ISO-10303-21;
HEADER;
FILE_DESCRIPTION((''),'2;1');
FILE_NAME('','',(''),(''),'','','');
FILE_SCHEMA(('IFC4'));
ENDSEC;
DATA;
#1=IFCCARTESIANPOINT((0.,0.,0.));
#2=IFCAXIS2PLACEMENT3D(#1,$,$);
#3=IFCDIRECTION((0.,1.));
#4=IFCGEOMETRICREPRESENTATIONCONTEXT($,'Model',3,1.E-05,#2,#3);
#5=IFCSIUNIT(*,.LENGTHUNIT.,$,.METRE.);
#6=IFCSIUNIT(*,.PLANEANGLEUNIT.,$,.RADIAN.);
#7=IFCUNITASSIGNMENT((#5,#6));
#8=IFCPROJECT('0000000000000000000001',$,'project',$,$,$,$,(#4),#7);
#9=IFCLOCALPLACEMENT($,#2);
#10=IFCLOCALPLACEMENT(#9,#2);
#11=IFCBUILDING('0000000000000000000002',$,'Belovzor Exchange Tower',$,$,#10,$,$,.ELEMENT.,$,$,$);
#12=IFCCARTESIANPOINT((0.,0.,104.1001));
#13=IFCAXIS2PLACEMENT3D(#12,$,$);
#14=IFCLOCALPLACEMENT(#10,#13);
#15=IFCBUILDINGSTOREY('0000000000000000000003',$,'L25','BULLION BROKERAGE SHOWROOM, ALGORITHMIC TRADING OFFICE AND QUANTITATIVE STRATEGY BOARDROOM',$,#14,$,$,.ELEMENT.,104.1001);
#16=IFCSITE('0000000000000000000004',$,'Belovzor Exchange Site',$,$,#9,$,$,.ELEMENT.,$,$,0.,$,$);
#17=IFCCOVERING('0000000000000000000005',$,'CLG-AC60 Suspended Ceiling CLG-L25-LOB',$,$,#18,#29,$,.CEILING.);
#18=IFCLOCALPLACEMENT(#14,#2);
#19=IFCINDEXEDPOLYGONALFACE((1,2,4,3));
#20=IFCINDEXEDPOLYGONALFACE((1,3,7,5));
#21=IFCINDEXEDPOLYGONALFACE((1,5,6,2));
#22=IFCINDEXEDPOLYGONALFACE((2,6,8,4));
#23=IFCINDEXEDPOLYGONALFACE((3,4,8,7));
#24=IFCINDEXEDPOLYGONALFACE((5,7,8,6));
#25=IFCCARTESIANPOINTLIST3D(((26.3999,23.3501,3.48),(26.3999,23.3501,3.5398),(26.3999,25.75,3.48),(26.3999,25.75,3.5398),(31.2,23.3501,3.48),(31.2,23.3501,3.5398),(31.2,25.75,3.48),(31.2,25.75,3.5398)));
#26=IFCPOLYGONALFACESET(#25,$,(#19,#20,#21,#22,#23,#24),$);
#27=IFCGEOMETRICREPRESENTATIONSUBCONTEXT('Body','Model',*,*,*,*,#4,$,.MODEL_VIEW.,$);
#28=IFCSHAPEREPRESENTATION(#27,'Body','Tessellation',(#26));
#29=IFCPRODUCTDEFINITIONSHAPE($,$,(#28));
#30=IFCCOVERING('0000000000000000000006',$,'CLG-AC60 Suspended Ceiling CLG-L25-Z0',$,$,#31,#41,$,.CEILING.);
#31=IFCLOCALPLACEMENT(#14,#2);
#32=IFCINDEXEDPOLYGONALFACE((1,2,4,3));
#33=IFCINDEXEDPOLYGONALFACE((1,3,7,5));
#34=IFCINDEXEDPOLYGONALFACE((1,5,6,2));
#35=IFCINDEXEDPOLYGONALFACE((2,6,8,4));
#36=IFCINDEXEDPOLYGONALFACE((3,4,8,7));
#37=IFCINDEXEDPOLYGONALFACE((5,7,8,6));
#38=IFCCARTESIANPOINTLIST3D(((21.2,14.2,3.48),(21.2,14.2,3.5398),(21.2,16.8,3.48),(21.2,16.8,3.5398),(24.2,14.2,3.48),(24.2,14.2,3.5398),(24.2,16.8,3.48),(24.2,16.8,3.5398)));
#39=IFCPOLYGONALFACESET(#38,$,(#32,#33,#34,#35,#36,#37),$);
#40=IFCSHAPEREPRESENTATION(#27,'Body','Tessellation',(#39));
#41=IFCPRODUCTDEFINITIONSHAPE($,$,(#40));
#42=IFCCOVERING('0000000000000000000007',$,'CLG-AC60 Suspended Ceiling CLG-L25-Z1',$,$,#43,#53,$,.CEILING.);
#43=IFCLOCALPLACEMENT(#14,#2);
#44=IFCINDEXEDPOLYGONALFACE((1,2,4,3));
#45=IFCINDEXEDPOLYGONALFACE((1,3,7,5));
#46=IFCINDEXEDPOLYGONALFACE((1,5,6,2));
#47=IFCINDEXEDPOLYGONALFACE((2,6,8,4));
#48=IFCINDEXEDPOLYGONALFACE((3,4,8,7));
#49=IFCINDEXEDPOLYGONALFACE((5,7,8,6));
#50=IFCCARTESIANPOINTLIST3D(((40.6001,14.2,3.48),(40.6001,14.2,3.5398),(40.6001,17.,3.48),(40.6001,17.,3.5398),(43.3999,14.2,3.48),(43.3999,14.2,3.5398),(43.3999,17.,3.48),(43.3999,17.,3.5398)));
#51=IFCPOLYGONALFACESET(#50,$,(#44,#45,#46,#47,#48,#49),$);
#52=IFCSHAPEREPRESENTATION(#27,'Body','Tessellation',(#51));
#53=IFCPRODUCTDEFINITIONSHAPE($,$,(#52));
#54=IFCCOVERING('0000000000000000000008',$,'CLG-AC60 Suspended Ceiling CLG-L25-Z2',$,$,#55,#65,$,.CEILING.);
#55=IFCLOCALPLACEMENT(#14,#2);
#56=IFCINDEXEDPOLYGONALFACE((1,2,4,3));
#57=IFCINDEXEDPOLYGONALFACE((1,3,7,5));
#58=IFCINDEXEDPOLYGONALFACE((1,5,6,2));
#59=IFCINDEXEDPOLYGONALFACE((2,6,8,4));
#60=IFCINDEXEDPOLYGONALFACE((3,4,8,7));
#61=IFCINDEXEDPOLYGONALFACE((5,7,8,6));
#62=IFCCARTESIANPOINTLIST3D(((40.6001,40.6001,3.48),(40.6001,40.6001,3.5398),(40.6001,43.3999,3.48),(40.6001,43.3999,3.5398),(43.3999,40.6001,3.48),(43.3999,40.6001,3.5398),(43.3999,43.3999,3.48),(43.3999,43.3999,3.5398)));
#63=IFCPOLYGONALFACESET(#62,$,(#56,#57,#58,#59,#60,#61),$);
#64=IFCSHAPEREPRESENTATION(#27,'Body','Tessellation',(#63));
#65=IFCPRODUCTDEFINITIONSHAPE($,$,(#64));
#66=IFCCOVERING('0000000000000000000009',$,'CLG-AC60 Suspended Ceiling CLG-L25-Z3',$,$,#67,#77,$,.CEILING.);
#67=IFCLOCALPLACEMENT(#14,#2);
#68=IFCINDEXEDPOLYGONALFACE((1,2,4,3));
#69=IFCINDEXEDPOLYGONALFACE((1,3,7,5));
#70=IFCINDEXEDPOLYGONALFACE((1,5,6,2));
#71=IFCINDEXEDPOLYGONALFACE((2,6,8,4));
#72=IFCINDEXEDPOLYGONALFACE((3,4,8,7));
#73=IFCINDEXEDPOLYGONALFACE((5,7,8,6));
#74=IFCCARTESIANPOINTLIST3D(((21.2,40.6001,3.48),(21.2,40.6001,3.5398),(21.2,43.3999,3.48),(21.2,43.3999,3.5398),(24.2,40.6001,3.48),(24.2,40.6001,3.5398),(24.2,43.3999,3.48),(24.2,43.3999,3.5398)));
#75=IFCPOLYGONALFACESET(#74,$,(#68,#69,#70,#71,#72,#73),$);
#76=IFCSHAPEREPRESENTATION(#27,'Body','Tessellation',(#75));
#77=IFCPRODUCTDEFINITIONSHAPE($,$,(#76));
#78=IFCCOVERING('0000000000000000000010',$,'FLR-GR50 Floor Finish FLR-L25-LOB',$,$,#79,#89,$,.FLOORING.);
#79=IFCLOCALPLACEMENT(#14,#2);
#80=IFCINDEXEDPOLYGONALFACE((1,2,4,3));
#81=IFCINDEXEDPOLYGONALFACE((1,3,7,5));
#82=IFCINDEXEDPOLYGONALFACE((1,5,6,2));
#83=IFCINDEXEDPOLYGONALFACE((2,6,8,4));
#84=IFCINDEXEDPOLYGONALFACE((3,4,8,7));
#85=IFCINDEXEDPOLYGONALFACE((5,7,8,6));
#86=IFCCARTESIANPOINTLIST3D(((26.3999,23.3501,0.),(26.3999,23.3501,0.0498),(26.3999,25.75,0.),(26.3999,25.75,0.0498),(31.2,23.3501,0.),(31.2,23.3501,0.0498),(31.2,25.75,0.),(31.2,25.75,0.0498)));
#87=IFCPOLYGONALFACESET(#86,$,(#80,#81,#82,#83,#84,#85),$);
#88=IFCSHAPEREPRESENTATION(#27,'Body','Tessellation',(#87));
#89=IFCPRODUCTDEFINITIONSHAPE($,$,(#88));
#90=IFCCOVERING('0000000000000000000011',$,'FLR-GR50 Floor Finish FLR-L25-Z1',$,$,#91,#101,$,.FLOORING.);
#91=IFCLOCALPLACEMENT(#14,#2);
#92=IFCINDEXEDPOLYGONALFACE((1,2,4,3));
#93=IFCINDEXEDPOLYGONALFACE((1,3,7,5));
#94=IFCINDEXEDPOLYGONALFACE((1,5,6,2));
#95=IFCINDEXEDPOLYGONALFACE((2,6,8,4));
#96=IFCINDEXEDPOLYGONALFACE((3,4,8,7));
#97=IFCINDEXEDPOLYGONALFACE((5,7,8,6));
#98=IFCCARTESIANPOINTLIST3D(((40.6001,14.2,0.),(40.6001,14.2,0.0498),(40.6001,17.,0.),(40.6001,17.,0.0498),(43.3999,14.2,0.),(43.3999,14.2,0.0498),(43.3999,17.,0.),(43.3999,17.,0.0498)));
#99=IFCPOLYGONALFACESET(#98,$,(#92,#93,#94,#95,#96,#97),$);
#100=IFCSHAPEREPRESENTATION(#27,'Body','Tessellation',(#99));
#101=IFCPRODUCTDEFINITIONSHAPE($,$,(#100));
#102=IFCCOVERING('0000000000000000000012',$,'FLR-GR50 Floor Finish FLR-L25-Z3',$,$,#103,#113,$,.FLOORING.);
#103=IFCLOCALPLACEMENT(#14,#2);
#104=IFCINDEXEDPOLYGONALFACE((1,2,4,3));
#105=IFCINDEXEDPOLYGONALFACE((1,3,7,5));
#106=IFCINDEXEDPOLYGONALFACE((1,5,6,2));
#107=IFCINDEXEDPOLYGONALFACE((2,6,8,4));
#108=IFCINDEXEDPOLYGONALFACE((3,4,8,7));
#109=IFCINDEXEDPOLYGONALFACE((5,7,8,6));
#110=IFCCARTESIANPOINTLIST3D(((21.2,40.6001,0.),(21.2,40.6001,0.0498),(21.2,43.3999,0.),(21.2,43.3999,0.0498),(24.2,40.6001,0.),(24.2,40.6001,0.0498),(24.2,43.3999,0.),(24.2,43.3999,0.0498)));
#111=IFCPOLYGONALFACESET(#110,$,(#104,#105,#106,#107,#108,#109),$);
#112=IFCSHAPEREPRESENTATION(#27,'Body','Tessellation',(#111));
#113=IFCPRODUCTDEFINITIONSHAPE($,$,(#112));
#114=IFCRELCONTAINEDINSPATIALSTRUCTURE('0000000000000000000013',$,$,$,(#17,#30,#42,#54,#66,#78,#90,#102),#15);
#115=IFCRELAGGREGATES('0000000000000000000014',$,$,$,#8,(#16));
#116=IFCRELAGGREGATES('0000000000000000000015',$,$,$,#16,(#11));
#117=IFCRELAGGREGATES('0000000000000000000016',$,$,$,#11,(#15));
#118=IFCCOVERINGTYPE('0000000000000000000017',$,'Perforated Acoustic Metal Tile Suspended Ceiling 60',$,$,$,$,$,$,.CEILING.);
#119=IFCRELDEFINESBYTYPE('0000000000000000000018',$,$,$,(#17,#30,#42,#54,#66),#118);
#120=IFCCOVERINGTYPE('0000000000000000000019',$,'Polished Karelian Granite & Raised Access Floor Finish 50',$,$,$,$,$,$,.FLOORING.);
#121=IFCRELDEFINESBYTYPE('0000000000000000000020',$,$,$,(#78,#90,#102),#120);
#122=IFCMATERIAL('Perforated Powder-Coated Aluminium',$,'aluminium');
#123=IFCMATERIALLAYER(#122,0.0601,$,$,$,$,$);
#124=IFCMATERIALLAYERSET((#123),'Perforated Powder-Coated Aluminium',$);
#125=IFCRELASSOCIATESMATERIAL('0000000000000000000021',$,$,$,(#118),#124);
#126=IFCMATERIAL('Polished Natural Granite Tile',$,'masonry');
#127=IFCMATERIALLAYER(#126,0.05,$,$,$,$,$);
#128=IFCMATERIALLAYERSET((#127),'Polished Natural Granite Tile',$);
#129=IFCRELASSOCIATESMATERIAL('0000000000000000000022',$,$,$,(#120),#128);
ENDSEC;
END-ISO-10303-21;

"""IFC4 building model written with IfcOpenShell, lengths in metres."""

from ifc_helpers import new_model, si_unit, direction, frame, origin, place, context, subcontext, project, spatial, polyline, outline, extrude, material, layer, layer_set, type_object, element, save


model = new_model("IFC4")

# Units and contexts
model_context = context("Model", 3, precision=1e-05, world=origin(), true_north=direction((0.0, 1.0)))
body_context = subcontext(model_context, "Body", "Model", "MODEL_VIEW")
ifc_project = project(units=[si_unit("LENGTHUNIT", "METRE"), si_unit("PLANEANGLEUNIT", "RADIAN")], contexts=[model_context])

# Site, building, storey
site_placement = place(None, origin())
site = spatial("IfcSite", under=ifc_project, at=site_placement, Name="Belovzor Exchange Site", CompositionType="ELEMENT", RefElevation=0.0)
building_placement = place(site_placement, origin())
building = spatial("IfcBuilding", under=site, at=building_placement, Name="Belovzor Exchange Tower", CompositionType="ELEMENT")
storey_placement = place(building_placement, frame((0.0, 0.0, 104.1001)))
storey = spatial("IfcBuildingStorey", under=building, at=storey_placement, Name="L25", Description="BULLION BROKERAGE SHOWROOM, ALGORITHMIC TRADING OFFICE AND QUANTITATIVE STRATEGY BOARDROOM", CompositionType="ELEMENT", Elevation=104.1001)

# Coverings
ifc_material_1 = material(Name="Perforated Powder-Coated Aluminium", Category="aluminium")
ifc_layer_1 = layer(ifc_material_1, 0.0601)
ifc_layer_set_1 = layer_set([ifc_layer_1], Name="Perforated Powder-Coated Aluminium")
covering_type_1 = type_object("IfcCoveringType", Name="Perforated Acoustic Metal Tile Suspended Ceiling 60", PredefinedType="CEILING", material=ifc_layer_set_1)
covering_1_placement = place(storey_placement, frame((0.0, 0.0, 3.48)))
element("IfcCovering", 1, at=covering_1_placement, inside=storey, type_object=covering_type_1, Name="CLG-AC60 Suspended Ceiling CLG-L25-LOB", PredefinedType="CEILING", context=body_context, shape_type="SweptSolid", body=[
    extrude(outline(polyline([(26.3999, 23.3501), (31.2, 23.3501), (31.2, 25.75), (26.3999, 25.75), (26.3999, 23.3501)])), origin(), (0.0, 0.0, 1.0), 0.0598),
])
covering_2_placement = place(storey_placement, frame((0.0, 0.0, 3.48)))
element("IfcCovering", 2, at=covering_2_placement, inside=storey, type_object=covering_type_1, Name="CLG-AC60 Suspended Ceiling CLG-L25-Z0", PredefinedType="CEILING", context=body_context, shape_type="SweptSolid", body=[
    extrude(outline(polyline([(21.2, 14.2), (24.2, 14.2), (24.2, 16.8), (21.2, 16.8), (21.2, 14.2)])), origin(), (0.0, 0.0, 1.0), 0.0598),
])
covering_3_placement = place(storey_placement, frame((0.0, 0.0, 3.48)))
element("IfcCovering", 3, at=covering_3_placement, inside=storey, type_object=covering_type_1, Name="CLG-AC60 Suspended Ceiling CLG-L25-Z1", PredefinedType="CEILING", context=body_context, shape_type="SweptSolid", body=[
    extrude(outline(polyline([(40.6001, 14.2), (43.3999, 14.2), (43.3999, 17.0), (40.6001, 17.0), (40.6001, 14.2)])), origin(), (0.0, 0.0, 1.0), 0.0598),
])
covering_4_placement = place(storey_placement, frame((0.0, 0.0, 3.48)))
element("IfcCovering", 4, at=covering_4_placement, inside=storey, type_object=covering_type_1, Name="CLG-AC60 Suspended Ceiling CLG-L25-Z2", PredefinedType="CEILING", context=body_context, shape_type="SweptSolid", body=[
    extrude(outline(polyline([(40.6001, 40.6001), (43.3999, 40.6001), (43.3999, 43.3999), (40.6001, 43.3999), (40.6001, 40.6001)])), origin(), (0.0, 0.0, 1.0), 0.0598),
])
covering_5_placement = place(storey_placement, frame((0.0, 0.0, 3.48)))
element("IfcCovering", 5, at=covering_5_placement, inside=storey, type_object=covering_type_1, Name="CLG-AC60 Suspended Ceiling CLG-L25-Z3", PredefinedType="CEILING", context=body_context, shape_type="SweptSolid", body=[
    extrude(outline(polyline([(21.2, 40.6001), (24.2, 40.6001), (24.2, 43.3999), (21.2, 43.3999), (21.2, 40.6001)])), origin(), (0.0, 0.0, 1.0), 0.0598),
])
ifc_material_2 = material(Name="Polished Natural Granite Tile", Category="masonry")
ifc_layer_2 = layer(ifc_material_2, 0.05)
ifc_layer_set_2 = layer_set([ifc_layer_2], Name="Polished Natural Granite Tile")
covering_type_2 = type_object("IfcCoveringType", Name="Polished Karelian Granite & Raised Access Floor Finish 50", PredefinedType="FLOORING", material=ifc_layer_set_2)
covering_6_placement = place(storey_placement, origin())
element("IfcCovering", 6, at=covering_6_placement, inside=storey, type_object=covering_type_2, Name="FLR-GR50 Floor Finish FLR-L25-LOB", PredefinedType="FLOORING", context=body_context, shape_type="SweptSolid", body=[
    extrude(outline(polyline([(26.3999, 23.3501), (31.2, 23.3501), (31.2, 25.75), (26.3999, 25.75), (26.3999, 23.3501)])), origin(), (0.0, 0.0, 1.0), 0.0498),
])
covering_7_placement = place(storey_placement, origin())
element("IfcCovering", 7, at=covering_7_placement, inside=storey, type_object=covering_type_2, Name="FLR-GR50 Floor Finish FLR-L25-Z1", PredefinedType="FLOORING", context=body_context, shape_type="SweptSolid", body=[
    extrude(outline(polyline([(40.6001, 14.2), (43.3999, 14.2), (43.3999, 17.0), (40.6001, 17.0), (40.6001, 14.2)])), origin(), (0.0, 0.0, 1.0), 0.0498),
])
covering_8_placement = place(storey_placement, origin())
element("IfcCovering", 8, at=covering_8_placement, inside=storey, type_object=covering_type_2, Name="FLR-GR50 Floor Finish FLR-L25-Z3", PredefinedType="FLOORING", context=body_context, shape_type="SweptSolid", body=[
    extrude(outline(polyline([(21.2, 40.6001), (24.2, 40.6001), (24.2, 43.3999), (21.2, 43.3999), (21.2, 40.6001)])), origin(), (0.0, 0.0, 1.0), 0.0498),
])

save(model, "model.ifc")
